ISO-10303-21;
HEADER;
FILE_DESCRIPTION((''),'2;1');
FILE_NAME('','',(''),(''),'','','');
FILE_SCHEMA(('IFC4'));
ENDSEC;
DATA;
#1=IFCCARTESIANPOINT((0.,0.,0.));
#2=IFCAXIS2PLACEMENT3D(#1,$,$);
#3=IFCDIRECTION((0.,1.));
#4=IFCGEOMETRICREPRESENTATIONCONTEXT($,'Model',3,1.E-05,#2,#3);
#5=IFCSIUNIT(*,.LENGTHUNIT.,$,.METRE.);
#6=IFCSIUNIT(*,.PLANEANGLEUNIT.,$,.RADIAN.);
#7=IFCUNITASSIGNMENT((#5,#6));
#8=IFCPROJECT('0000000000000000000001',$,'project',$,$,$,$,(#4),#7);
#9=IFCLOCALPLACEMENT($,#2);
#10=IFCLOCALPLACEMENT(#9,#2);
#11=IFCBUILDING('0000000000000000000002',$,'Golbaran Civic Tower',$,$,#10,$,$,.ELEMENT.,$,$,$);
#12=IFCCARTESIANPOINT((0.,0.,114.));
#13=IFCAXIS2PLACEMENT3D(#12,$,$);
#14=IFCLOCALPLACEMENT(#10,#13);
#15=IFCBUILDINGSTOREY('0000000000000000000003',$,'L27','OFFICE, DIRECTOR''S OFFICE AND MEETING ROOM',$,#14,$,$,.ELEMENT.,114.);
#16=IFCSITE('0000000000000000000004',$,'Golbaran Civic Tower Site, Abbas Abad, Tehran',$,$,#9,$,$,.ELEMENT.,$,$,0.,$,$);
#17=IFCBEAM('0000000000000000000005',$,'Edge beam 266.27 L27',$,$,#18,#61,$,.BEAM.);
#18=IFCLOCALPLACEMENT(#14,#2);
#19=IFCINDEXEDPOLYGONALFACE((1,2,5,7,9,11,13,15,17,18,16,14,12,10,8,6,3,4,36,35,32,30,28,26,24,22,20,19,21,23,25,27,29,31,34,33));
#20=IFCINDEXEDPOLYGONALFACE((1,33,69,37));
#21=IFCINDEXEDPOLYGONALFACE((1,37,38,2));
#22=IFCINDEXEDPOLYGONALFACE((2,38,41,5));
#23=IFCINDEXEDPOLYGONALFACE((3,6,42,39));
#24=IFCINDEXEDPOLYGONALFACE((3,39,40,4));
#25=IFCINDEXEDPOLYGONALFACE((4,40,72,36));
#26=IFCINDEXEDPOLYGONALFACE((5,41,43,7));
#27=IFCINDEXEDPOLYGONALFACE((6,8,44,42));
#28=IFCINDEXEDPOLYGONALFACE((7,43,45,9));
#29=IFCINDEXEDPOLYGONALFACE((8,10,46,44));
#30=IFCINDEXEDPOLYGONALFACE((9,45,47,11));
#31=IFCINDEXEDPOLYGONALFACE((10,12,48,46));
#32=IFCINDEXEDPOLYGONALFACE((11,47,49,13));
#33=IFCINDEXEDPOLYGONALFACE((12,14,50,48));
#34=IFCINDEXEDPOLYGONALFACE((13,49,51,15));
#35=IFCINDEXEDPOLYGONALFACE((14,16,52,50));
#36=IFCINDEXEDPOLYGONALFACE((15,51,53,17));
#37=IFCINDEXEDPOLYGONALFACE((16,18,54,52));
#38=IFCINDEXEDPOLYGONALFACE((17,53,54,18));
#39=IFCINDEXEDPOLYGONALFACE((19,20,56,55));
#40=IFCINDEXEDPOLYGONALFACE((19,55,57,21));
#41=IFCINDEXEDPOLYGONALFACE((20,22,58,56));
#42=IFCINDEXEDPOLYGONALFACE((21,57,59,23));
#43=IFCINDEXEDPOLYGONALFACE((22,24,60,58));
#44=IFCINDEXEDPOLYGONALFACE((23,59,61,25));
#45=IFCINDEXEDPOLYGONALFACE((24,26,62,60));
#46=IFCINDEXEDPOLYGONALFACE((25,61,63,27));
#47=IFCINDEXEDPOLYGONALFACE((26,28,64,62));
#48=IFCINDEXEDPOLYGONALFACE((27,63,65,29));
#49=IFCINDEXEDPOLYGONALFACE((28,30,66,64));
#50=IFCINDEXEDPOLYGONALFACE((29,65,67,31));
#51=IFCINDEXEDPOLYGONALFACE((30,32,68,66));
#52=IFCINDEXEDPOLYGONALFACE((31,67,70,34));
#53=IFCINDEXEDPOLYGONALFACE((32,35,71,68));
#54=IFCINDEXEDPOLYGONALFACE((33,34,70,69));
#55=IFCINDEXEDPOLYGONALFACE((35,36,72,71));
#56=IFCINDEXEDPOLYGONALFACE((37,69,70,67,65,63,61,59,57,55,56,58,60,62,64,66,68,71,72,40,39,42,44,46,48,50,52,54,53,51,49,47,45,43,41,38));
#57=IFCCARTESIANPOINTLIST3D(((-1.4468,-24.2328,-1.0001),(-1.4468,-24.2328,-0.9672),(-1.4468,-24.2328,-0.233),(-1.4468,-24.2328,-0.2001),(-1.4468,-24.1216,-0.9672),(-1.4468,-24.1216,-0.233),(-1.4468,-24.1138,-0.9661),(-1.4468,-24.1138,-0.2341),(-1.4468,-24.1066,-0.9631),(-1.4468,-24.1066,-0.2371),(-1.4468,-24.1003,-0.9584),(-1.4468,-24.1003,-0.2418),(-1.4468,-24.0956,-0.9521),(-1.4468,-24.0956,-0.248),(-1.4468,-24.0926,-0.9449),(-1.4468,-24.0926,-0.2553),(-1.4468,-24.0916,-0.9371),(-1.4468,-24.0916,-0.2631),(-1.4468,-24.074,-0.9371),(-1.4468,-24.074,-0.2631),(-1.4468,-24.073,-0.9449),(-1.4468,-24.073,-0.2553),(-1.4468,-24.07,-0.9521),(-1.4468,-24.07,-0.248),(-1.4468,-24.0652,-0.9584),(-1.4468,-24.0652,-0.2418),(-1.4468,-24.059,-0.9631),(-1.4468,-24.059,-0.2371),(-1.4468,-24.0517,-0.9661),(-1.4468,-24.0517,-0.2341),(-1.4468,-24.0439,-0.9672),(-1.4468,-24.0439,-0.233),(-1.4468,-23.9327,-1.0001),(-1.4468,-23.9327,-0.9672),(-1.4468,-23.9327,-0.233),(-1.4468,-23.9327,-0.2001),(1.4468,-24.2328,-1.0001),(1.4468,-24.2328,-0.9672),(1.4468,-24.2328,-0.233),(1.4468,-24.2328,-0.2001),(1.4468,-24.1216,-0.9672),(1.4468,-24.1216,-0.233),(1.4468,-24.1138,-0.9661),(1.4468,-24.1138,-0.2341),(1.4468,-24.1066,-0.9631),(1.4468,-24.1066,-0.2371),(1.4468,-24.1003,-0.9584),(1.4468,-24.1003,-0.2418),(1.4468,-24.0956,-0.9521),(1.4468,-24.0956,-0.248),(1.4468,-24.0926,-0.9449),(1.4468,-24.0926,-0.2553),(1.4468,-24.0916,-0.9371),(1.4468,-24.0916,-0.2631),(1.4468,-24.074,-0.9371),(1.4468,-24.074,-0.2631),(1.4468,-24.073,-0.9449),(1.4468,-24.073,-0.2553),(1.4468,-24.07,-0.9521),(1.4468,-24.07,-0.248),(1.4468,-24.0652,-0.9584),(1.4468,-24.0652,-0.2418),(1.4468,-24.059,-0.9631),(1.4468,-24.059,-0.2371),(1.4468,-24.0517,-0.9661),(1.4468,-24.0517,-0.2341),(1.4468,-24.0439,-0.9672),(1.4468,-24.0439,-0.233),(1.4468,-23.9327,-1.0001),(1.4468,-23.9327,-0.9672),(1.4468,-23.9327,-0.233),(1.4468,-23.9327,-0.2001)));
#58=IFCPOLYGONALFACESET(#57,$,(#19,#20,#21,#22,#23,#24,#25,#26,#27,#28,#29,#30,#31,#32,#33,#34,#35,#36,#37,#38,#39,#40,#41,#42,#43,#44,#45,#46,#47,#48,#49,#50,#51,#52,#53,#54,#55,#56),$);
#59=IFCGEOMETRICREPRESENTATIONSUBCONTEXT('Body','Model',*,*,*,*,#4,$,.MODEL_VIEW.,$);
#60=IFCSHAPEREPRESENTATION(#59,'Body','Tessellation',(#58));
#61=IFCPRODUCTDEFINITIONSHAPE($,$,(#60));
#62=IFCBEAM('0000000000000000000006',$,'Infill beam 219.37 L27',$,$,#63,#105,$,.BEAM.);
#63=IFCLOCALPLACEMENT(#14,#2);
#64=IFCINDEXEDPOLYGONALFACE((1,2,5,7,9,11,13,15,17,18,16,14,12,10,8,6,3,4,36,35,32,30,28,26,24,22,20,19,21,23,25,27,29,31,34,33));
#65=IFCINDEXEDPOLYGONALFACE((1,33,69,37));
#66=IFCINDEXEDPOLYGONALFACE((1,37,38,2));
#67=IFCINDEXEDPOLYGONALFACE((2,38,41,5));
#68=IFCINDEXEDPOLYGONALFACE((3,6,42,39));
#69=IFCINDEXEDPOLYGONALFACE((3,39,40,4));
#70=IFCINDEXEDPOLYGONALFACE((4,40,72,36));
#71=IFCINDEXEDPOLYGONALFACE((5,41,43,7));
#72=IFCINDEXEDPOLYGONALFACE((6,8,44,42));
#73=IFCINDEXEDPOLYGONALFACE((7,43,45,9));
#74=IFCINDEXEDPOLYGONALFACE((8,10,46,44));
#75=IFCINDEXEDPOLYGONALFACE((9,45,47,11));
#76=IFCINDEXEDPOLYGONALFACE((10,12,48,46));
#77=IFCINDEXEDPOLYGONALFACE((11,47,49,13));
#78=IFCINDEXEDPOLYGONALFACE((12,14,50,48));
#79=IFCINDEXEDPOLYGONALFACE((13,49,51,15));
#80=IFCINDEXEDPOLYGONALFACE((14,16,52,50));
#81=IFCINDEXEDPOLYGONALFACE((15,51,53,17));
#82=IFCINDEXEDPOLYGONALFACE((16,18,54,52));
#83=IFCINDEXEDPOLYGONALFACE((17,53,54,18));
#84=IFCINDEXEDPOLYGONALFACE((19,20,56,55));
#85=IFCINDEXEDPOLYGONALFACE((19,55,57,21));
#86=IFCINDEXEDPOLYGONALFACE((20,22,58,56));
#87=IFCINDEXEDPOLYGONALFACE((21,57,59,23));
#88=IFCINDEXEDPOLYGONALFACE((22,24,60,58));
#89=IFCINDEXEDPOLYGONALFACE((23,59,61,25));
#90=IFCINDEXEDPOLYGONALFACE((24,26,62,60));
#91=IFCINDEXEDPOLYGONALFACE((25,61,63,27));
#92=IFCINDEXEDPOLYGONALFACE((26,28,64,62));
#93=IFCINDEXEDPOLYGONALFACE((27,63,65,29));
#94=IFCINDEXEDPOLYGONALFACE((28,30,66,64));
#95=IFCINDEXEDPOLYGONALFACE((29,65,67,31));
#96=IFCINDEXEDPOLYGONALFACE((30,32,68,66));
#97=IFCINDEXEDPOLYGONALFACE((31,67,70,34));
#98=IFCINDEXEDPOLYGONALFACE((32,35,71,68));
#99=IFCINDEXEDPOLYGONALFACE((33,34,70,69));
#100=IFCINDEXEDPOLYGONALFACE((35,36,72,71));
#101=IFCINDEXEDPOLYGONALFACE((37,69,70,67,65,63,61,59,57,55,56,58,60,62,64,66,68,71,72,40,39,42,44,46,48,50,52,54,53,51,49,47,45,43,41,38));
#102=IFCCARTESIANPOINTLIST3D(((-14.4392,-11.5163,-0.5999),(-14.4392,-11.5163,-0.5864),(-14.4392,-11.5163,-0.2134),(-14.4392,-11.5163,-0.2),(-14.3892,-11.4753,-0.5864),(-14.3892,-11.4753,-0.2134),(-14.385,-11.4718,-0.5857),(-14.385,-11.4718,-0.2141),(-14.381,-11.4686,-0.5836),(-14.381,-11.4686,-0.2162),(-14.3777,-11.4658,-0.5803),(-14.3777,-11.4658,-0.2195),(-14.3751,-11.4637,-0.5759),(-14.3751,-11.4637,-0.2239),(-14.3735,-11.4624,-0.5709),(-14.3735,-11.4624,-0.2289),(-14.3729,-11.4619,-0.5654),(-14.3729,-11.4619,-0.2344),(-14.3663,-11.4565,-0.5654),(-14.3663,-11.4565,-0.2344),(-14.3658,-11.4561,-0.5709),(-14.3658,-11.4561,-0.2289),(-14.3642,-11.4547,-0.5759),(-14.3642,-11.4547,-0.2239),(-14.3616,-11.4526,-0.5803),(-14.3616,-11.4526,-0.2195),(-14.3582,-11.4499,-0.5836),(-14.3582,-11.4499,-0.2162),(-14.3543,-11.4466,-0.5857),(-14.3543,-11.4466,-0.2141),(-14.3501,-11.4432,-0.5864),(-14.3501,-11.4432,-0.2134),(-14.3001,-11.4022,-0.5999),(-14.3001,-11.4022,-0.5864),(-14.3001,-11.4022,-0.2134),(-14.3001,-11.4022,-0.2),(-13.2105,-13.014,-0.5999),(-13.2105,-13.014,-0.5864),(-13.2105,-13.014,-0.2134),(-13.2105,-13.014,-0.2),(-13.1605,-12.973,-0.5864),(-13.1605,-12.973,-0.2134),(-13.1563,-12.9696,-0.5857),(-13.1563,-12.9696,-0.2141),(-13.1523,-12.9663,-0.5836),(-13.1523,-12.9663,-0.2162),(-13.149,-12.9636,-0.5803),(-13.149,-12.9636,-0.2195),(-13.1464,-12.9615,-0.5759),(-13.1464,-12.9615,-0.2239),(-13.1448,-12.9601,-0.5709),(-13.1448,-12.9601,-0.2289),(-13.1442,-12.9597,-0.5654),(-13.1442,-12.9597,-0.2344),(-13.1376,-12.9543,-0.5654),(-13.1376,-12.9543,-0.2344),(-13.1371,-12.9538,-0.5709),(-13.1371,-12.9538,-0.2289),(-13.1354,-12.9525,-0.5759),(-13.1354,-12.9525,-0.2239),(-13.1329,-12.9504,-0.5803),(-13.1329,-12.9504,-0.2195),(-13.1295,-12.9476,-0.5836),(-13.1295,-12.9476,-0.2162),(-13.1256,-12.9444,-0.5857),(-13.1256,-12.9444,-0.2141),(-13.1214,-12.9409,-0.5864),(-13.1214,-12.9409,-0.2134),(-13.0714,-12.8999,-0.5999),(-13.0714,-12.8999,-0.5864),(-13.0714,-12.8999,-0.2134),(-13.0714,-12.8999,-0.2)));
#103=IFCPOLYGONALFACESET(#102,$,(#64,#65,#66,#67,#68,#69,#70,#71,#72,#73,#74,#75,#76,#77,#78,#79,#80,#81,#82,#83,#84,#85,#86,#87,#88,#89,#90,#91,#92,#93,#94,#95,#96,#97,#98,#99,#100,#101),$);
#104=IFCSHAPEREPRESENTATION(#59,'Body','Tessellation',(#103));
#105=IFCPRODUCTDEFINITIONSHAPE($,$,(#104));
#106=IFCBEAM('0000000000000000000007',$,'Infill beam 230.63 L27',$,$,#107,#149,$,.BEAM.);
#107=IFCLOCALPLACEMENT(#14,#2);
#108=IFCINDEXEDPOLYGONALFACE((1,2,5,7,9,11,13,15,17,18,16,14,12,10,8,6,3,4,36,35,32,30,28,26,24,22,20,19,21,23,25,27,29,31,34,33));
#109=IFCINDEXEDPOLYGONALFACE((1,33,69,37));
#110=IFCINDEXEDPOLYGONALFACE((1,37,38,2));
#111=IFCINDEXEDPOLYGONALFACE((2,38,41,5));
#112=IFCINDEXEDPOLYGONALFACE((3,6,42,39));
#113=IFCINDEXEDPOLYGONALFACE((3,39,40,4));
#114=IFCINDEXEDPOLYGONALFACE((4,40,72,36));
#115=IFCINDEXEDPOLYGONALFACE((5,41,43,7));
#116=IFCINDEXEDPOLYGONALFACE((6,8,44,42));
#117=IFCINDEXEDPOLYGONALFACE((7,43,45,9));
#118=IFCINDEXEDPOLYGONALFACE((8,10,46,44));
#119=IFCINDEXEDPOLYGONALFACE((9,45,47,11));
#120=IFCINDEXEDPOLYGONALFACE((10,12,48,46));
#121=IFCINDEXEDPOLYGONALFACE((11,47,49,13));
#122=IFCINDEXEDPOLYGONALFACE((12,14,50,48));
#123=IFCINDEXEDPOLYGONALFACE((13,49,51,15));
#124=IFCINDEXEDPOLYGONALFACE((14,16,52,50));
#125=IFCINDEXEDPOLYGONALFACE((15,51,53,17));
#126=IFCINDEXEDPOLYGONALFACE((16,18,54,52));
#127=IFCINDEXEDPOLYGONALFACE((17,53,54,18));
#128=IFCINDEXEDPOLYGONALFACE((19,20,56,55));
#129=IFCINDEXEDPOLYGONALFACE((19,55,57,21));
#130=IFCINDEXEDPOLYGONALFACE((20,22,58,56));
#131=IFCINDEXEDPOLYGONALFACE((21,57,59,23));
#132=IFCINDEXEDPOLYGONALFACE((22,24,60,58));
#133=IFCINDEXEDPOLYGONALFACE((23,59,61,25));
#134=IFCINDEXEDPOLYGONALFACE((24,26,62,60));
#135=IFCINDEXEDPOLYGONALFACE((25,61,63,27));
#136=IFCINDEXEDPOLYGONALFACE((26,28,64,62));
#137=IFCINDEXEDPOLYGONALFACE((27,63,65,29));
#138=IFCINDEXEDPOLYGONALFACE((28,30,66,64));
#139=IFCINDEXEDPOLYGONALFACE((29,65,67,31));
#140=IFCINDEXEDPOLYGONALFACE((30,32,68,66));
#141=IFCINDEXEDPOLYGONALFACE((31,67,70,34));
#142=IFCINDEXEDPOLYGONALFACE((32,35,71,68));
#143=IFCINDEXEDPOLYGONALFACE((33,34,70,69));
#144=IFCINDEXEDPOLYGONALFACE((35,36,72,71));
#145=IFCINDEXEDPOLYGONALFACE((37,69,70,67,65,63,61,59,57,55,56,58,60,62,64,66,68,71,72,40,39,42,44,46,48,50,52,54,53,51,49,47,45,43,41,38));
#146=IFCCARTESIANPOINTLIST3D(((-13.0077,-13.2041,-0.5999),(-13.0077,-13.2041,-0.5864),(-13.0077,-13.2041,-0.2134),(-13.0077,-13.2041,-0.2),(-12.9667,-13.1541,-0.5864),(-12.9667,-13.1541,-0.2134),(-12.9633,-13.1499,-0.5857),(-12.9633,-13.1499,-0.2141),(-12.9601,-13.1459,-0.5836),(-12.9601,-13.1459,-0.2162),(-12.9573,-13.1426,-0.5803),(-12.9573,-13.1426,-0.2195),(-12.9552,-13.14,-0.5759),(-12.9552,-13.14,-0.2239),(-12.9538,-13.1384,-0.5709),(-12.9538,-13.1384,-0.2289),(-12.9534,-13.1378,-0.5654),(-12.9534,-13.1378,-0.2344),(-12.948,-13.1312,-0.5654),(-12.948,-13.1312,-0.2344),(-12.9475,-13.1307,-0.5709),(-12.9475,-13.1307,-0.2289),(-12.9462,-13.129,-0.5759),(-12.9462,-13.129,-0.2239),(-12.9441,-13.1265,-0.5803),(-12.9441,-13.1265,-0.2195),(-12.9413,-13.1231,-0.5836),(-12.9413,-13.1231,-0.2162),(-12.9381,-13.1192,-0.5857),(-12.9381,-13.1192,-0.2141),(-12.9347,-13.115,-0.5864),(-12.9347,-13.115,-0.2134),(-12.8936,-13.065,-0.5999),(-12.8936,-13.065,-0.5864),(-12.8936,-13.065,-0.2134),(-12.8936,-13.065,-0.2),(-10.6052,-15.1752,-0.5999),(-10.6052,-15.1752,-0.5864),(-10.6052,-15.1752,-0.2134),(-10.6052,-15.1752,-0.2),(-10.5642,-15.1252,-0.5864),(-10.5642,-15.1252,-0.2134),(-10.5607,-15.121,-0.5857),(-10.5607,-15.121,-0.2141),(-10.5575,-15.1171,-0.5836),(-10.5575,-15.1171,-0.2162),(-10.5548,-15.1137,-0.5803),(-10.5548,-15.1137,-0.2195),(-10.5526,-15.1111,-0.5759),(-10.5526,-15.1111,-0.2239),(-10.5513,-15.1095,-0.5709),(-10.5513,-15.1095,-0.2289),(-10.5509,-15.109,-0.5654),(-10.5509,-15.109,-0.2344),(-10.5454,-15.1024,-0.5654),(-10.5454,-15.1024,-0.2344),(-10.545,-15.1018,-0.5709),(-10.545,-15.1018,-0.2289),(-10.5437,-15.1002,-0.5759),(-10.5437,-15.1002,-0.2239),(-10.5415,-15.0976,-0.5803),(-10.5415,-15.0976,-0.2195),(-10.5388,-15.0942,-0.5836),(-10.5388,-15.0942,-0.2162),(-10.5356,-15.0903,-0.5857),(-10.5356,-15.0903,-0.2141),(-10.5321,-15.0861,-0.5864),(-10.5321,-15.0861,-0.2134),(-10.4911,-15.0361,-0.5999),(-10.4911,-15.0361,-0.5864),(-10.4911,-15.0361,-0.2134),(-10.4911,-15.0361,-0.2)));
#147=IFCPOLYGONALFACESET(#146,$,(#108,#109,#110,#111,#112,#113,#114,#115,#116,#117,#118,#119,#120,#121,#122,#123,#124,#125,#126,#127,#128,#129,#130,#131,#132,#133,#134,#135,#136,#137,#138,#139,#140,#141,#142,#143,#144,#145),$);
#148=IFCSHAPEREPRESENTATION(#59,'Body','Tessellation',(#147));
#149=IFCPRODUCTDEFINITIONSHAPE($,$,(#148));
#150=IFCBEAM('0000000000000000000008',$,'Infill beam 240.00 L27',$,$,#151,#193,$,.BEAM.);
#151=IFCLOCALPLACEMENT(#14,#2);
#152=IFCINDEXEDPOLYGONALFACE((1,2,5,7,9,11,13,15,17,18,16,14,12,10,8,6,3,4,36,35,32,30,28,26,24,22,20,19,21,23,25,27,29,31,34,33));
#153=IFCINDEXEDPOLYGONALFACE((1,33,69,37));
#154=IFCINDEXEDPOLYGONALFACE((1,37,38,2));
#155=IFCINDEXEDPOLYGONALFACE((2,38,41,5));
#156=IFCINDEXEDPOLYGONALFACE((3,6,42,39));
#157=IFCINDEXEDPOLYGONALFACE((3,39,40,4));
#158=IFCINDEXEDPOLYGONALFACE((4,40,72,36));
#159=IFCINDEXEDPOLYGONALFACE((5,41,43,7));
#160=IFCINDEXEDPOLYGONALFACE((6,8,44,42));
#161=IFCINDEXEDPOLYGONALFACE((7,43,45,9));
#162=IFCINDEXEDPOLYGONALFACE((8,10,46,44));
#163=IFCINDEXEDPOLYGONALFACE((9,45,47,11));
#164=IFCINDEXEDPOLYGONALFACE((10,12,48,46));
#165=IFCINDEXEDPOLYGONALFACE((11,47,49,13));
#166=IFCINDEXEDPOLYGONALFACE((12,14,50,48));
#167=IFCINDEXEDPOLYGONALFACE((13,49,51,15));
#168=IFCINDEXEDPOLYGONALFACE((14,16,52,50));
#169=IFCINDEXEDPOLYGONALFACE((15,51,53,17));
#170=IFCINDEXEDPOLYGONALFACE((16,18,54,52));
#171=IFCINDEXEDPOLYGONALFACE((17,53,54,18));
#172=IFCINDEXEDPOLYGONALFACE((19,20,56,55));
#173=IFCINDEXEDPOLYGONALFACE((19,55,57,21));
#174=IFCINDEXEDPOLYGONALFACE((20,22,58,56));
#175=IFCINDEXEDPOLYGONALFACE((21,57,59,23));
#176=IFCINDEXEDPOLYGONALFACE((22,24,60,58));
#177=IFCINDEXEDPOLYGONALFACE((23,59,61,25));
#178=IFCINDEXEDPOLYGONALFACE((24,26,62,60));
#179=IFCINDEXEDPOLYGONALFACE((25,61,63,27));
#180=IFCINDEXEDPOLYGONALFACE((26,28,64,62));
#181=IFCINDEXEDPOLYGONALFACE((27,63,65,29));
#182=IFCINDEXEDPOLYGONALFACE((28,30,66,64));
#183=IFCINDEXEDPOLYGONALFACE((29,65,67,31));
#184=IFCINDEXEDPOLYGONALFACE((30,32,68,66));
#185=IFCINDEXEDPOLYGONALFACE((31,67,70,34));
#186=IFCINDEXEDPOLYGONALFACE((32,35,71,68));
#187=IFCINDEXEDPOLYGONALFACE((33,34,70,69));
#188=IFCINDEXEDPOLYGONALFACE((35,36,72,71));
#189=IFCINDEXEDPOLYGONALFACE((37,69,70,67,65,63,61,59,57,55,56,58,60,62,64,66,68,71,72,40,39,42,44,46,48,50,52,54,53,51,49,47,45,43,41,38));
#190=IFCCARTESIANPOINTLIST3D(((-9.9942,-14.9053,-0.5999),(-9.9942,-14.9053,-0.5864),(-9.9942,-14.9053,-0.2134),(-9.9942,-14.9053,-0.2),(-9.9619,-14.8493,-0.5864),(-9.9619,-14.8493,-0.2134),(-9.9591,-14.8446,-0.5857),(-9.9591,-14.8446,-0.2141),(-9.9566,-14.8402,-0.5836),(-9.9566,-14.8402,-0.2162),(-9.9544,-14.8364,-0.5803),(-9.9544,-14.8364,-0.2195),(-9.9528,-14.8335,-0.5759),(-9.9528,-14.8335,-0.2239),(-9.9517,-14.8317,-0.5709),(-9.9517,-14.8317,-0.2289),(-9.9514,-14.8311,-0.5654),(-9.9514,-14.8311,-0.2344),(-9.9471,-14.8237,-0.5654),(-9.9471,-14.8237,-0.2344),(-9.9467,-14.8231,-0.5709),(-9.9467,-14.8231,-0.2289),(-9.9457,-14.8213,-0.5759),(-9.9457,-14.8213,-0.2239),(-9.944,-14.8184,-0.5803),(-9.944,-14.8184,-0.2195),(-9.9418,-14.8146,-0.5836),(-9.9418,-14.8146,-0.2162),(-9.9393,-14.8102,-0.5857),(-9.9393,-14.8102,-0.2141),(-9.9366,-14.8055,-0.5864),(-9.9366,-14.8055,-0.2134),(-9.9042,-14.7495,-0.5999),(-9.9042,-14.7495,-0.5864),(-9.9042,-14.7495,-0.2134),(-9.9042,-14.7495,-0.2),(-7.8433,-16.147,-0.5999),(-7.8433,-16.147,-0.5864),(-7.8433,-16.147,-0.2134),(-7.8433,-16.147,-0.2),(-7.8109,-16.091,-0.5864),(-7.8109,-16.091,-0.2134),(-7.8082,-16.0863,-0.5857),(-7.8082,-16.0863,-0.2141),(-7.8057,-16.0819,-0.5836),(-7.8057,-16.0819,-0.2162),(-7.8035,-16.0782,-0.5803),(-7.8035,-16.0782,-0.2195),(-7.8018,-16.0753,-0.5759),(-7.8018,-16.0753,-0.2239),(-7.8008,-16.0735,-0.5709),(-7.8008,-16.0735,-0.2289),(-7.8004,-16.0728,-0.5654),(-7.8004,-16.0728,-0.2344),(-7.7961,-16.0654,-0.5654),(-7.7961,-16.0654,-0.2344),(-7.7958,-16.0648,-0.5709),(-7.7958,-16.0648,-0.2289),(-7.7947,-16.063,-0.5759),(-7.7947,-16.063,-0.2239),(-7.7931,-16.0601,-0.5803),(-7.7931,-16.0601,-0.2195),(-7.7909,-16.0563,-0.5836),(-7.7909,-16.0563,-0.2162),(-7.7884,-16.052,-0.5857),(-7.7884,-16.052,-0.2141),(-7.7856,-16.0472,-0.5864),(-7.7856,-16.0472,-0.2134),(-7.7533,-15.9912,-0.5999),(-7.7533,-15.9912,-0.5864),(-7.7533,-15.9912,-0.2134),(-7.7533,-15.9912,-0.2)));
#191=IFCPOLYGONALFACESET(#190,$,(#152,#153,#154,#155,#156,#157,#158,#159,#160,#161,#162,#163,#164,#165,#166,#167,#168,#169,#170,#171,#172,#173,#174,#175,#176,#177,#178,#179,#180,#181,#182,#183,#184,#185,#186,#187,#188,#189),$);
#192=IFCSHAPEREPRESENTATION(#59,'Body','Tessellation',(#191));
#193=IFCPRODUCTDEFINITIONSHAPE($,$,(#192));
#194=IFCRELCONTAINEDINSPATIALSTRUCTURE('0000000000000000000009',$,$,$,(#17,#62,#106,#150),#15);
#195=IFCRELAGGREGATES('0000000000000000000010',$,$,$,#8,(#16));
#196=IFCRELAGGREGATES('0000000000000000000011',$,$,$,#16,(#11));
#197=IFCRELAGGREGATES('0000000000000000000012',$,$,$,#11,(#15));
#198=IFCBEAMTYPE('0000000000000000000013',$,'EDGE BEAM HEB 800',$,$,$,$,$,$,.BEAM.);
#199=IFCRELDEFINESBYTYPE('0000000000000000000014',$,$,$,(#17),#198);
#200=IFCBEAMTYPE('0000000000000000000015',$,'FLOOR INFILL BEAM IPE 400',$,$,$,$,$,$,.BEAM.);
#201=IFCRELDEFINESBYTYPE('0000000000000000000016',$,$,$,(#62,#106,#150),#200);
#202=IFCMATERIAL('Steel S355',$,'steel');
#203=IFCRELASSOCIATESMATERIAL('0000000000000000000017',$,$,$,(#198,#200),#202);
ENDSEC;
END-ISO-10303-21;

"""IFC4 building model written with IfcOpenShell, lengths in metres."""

from ifc_helpers import new_model, si_unit, direction, frame, origin, origin_2d, place, context, subcontext, project, spatial, i_section, extrude, material, material_profile, profile_set, type_object, element, save


model = new_model("IFC4")

# Units and contexts
model_context = context("Model", 3, precision=1e-05, world=origin(), true_north=direction((0.0, 1.0)))
body_context = subcontext(model_context, "Body", "Model", "MODEL_VIEW")
ifc_project = project(units=[si_unit("LENGTHUNIT", "METRE"), si_unit("PLANEANGLEUNIT", "RADIAN")], contexts=[model_context])

# Site, building, storey
site_placement = place(None, origin())
site = spatial("IfcSite", under=ifc_project, at=site_placement, Name="Golbaran Civic Tower Site, Abbas Abad, Tehran", CompositionType="ELEMENT", RefElevation=0.0)
building_placement = place(site_placement, origin())
building = spatial("IfcBuilding", under=site, at=building_placement, Name="Golbaran Civic Tower", CompositionType="ELEMENT")
storey_placement = place(building_placement, frame((0.0, 0.0, 114.0)))
storey = spatial("IfcBuildingStorey", under=building, at=storey_placement, Name="L27", Description="OFFICE, DIRECTOR'S OFFICE AND MEETING ROOM", CompositionType="ELEMENT", Elevation=114.0)

# Beams
ifc_material_1 = material(Name="Steel S355", Category="steel")
ifc_material_profile_1 = material_profile(ifc_material_1, i_section(OverallWidth=0.3, OverallDepth=0.8, WebThickness=0.0176, FlangeThickness=0.033, FilletRadius=0.03, at=origin_2d()), Name="HEB 800")
ifc_profile_set_1 = profile_set([ifc_material_profile_1], Name="Steel S355")
beam_type_1 = type_object("IfcBeamType", Name="EDGE BEAM HEB 800", PredefinedType="BEAM", material=ifc_profile_set_1)
beam_1_placement = place(storey_placement, frame((-1.4468, -24.0828, -0.6001), z_axis=(1.0, 0.0, 0.0), x_axis=(0.0, 1.0, 0.0)))
element("IfcBeam", 1, at=beam_1_placement, inside=storey, type_object=beam_type_1, Name="Edge beam 266.27 L27", PredefinedType="BEAM", context=body_context, shape_type="SweptSolid", body=[
    extrude(i_section(OverallWidth=0.3, OverallDepth=0.8, WebThickness=0.0176, FlangeThickness=0.033, FilletRadius=0.03, at=origin_2d()), origin(), (0.0, 0.0, 1.0), 2.8936),
])
ifc_material_profile_2 = material_profile(ifc_material_1, i_section(OverallWidth=0.1799, OverallDepth=0.3999, WebThickness=0.0085, FlangeThickness=0.0134, FilletRadius=0.021, at=origin_2d()), Name="IPE 400")
ifc_profile_set_2 = profile_set([ifc_material_profile_2], Name="Steel S355")
beam_type_2 = type_object("IfcBeamType", Name="FLOOR INFILL BEAM IPE 400", PredefinedType="BEAM", material=ifc_profile_set_2)
beam_2_placement = place(storey_placement, frame((-14.3696, -11.4592, -0.3999), z_axis=(0.634253, -0.773126, 0.0), x_axis=(0.773126, 0.634253, 0.0)))
element("IfcBeam", 2, at=beam_2_placement, inside=storey, type_object=beam_type_2, Name="Infill beam 219.37 L27", PredefinedType="BEAM", context=body_context, shape_type="SweptSolid", body=[
    extrude(i_section(OverallWidth=0.1799, OverallDepth=0.3999, WebThickness=0.0085, FlangeThickness=0.0134, FilletRadius=0.021, at=origin_2d()), origin(), (0.0, 0.0, 1.0), 1.9373),
])
beam_3_placement = place(storey_placement, frame((-12.9507, -13.1345, -0.3999), z_axis=(0.773099, -0.634285, 0.0), x_axis=(0.634285, 0.773099, 0.0)))
element("IfcBeam", 3, at=beam_3_placement, inside=storey, type_object=beam_type_2, Name="Infill beam 230.63 L27", PredefinedType="BEAM", context=body_context, shape_type="SweptSolid", body=[
    extrude(i_section(OverallWidth=0.1799, OverallDepth=0.3999, WebThickness=0.0085, FlangeThickness=0.0134, FilletRadius=0.021, at=origin_2d()), origin(), (0.0, 0.0, 1.0), 3.1077),
])
beam_4_placement = place(storey_placement, frame((-9.9492, -14.8274, -0.3999), z_axis=(0.866045, -0.499966, 0.0), x_axis=(0.499966, 0.866045, 0.0)))
element("IfcBeam", 4, at=beam_4_placement, inside=storey, type_object=beam_type_2, Name="Infill beam 240.00 L27", PredefinedType="BEAM", context=body_context, shape_type="SweptSolid", body=[
    extrude(i_section(OverallWidth=0.1799, OverallDepth=0.3999, WebThickness=0.0085, FlangeThickness=0.0134, FilletRadius=0.021, at=origin_2d()), origin(), (0.0, 0.0, 1.0), 2.4836),
])

save(model, "model.ifc")
